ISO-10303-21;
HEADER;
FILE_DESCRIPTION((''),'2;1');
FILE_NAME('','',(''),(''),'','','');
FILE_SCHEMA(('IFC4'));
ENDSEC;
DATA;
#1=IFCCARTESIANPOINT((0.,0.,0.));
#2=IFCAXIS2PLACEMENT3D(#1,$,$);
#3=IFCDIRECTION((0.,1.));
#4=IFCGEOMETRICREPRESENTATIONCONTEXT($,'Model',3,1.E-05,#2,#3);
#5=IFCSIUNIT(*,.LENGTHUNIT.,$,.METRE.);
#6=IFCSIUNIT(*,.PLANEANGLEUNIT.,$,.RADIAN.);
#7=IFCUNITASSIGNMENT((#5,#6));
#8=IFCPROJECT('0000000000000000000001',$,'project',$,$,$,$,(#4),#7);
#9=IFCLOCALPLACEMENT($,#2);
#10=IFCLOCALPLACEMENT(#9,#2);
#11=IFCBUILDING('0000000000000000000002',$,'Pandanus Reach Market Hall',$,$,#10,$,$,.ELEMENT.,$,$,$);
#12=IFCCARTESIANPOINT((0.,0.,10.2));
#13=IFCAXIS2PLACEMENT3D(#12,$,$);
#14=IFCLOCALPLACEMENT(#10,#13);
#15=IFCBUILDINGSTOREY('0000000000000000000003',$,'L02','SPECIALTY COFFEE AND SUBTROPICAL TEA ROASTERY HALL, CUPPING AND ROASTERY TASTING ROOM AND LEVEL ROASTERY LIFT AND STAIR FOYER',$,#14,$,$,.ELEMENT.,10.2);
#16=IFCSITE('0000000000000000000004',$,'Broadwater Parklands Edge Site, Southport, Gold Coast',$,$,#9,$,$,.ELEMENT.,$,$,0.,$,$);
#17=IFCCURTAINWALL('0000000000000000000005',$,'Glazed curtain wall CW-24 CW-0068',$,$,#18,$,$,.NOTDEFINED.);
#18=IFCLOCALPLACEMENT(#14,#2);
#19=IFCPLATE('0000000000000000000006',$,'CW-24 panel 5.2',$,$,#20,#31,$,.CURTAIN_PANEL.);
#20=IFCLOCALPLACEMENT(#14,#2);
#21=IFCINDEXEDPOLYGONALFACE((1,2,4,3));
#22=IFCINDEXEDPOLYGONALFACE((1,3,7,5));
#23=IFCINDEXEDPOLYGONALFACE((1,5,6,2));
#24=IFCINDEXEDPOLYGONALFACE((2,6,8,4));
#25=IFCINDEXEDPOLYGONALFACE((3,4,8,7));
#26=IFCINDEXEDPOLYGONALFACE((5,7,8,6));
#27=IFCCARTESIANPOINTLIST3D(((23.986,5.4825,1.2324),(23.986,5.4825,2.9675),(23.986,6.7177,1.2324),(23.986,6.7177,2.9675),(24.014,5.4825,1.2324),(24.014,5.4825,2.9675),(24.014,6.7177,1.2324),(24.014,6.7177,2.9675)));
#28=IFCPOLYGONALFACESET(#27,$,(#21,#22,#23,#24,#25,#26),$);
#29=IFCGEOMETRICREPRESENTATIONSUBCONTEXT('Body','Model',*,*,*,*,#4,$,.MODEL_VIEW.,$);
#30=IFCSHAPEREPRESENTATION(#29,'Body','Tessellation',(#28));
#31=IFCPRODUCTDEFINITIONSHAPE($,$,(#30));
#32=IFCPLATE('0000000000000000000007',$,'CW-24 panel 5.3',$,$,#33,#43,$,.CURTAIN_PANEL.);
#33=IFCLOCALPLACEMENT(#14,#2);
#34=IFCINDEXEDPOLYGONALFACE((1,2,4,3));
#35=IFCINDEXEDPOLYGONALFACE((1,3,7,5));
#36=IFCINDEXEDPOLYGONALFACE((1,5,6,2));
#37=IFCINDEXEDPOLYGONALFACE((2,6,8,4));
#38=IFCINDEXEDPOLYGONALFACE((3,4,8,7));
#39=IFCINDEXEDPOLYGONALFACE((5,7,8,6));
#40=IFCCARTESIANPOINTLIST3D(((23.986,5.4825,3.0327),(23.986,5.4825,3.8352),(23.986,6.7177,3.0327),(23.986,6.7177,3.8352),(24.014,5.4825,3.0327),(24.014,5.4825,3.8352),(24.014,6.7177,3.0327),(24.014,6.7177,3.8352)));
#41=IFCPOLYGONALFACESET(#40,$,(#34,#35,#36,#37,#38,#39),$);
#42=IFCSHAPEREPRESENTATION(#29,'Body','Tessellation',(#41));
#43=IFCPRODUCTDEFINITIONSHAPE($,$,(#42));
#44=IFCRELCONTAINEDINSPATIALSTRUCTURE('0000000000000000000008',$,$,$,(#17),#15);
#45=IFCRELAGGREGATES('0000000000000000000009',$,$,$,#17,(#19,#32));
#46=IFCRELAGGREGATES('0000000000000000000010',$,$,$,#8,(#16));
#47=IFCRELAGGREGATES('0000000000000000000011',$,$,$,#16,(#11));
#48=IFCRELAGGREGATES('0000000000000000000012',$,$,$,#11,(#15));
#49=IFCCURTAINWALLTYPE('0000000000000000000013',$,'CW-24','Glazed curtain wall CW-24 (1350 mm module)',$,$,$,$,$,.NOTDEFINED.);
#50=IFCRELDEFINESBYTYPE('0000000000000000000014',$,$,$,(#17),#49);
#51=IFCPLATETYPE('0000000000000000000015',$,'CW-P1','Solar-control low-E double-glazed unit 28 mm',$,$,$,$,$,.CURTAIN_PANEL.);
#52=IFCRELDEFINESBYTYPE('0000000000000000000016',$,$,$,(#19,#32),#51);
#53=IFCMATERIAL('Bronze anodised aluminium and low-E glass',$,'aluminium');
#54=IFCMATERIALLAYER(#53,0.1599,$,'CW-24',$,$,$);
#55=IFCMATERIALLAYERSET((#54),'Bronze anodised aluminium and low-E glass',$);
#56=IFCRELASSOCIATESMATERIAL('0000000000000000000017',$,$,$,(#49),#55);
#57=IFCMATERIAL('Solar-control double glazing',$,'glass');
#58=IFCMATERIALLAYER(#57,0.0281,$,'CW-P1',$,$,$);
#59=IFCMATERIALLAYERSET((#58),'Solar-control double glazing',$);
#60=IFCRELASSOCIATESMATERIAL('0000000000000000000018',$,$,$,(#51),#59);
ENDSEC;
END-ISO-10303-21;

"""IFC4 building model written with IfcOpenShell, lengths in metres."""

from ifc_helpers import new_model, si_unit, direction, frame, origin, origin_2d, place, context, subcontext, project, spatial, rectangle, extrude, material, layer, layer_set, type_object, element, aggregate, save


model = new_model("IFC4")

# Units and contexts
model_context = context("Model", 3, precision=1e-05, world=origin(), true_north=direction((0.0, 1.0)))
body_context = subcontext(model_context, "Body", "Model", "MODEL_VIEW")
ifc_project = project(units=[si_unit("LENGTHUNIT", "METRE"), si_unit("PLANEANGLEUNIT", "RADIAN")], contexts=[model_context])

# Site, building, storey
site_placement = place(None, origin())
site = spatial("IfcSite", under=ifc_project, at=site_placement, Name="Broadwater Parklands Edge Site, Southport, Gold Coast", CompositionType="ELEMENT", RefElevation=0.0)
building_placement = place(site_placement, origin())
building = spatial("IfcBuilding", under=site, at=building_placement, Name="Pandanus Reach Market Hall", CompositionType="ELEMENT")
storey_placement = place(building_placement, frame((0.0, 0.0, 10.2)))
storey = spatial("IfcBuildingStorey", under=building, at=storey_placement, Name="L02", Description="SPECIALTY COFFEE AND SUBTROPICAL TEA ROASTERY HALL, CUPPING AND ROASTERY TASTING ROOM AND LEVEL ROASTERY LIFT AND STAIR FOYER", CompositionType="ELEMENT", Elevation=10.2)

# Curtain wall, plates
ifc_material_1 = material(Name="Bronze anodised aluminium and low-E glass", Category="aluminium")
ifc_layer_1 = layer(ifc_material_1, 0.1599, Name="CW-24")
ifc_layer_set_1 = layer_set([ifc_layer_1], Name="Bronze anodised aluminium and low-E glass")
curtain_wall_type = type_object("IfcCurtainWallType", Name="CW-24", Description="Glazed curtain wall CW-24 (1350 mm module)", PredefinedType="NOTDEFINED", material=ifc_layer_set_1)
curtain_wall_placement = place(storey_placement, origin())
curtain_wall = element("IfcCurtainWall", 1, at=curtain_wall_placement, inside=storey, type_object=curtain_wall_type, Name="Glazed curtain wall CW-24 CW-0068", PredefinedType="NOTDEFINED")
ifc_material_2 = material(Name="Solar-control double glazing", Category="glass")
ifc_layer_2 = layer(ifc_material_2, 0.0281, Name="CW-P1")
ifc_layer_set_2 = layer_set([ifc_layer_2], Name="Solar-control double glazing")
plate_type = type_object("IfcPlateType", Name="CW-P1", Description="Solar-control low-E double-glazed unit 28 mm", PredefinedType="CURTAIN_PANEL", material=ifc_layer_set_2)
plate_1_placement = place(storey_placement, frame((24.0, 6.1001, 1.2324), z_axis=(0.0, 0.0, 1.0), x_axis=(0.0, 1.0, 0.0)))
plate_1 = element("IfcPlate", 2, at=plate_1_placement, type_object=plate_type, Name="CW-24 panel 5.2", PredefinedType="CURTAIN_PANEL", context=body_context, shape_type="SweptSolid", body=[
    extrude(rectangle(XDim=1.2351, YDim=0.0281, at=origin_2d()), origin(), (0.0, 0.0, 1.0), 1.7351),
])
plate_2_placement = place(storey_placement, frame((24.0, 6.1001, 3.0327), z_axis=(0.0, 0.0, 1.0), x_axis=(0.0, 1.0, 0.0)))
plate_2 = element("IfcPlate", 3, at=plate_2_placement, type_object=plate_type, Name="CW-24 panel 5.3", PredefinedType="CURTAIN_PANEL", context=body_context, shape_type="SweptSolid", body=[
    extrude(rectangle(XDim=1.2351, YDim=0.0281, at=origin_2d()), origin(), (0.0, 0.0, 1.0), 0.8025),
])
aggregate(curtain_wall, [plate_1, plate_2])

save(model, "model.ifc")
